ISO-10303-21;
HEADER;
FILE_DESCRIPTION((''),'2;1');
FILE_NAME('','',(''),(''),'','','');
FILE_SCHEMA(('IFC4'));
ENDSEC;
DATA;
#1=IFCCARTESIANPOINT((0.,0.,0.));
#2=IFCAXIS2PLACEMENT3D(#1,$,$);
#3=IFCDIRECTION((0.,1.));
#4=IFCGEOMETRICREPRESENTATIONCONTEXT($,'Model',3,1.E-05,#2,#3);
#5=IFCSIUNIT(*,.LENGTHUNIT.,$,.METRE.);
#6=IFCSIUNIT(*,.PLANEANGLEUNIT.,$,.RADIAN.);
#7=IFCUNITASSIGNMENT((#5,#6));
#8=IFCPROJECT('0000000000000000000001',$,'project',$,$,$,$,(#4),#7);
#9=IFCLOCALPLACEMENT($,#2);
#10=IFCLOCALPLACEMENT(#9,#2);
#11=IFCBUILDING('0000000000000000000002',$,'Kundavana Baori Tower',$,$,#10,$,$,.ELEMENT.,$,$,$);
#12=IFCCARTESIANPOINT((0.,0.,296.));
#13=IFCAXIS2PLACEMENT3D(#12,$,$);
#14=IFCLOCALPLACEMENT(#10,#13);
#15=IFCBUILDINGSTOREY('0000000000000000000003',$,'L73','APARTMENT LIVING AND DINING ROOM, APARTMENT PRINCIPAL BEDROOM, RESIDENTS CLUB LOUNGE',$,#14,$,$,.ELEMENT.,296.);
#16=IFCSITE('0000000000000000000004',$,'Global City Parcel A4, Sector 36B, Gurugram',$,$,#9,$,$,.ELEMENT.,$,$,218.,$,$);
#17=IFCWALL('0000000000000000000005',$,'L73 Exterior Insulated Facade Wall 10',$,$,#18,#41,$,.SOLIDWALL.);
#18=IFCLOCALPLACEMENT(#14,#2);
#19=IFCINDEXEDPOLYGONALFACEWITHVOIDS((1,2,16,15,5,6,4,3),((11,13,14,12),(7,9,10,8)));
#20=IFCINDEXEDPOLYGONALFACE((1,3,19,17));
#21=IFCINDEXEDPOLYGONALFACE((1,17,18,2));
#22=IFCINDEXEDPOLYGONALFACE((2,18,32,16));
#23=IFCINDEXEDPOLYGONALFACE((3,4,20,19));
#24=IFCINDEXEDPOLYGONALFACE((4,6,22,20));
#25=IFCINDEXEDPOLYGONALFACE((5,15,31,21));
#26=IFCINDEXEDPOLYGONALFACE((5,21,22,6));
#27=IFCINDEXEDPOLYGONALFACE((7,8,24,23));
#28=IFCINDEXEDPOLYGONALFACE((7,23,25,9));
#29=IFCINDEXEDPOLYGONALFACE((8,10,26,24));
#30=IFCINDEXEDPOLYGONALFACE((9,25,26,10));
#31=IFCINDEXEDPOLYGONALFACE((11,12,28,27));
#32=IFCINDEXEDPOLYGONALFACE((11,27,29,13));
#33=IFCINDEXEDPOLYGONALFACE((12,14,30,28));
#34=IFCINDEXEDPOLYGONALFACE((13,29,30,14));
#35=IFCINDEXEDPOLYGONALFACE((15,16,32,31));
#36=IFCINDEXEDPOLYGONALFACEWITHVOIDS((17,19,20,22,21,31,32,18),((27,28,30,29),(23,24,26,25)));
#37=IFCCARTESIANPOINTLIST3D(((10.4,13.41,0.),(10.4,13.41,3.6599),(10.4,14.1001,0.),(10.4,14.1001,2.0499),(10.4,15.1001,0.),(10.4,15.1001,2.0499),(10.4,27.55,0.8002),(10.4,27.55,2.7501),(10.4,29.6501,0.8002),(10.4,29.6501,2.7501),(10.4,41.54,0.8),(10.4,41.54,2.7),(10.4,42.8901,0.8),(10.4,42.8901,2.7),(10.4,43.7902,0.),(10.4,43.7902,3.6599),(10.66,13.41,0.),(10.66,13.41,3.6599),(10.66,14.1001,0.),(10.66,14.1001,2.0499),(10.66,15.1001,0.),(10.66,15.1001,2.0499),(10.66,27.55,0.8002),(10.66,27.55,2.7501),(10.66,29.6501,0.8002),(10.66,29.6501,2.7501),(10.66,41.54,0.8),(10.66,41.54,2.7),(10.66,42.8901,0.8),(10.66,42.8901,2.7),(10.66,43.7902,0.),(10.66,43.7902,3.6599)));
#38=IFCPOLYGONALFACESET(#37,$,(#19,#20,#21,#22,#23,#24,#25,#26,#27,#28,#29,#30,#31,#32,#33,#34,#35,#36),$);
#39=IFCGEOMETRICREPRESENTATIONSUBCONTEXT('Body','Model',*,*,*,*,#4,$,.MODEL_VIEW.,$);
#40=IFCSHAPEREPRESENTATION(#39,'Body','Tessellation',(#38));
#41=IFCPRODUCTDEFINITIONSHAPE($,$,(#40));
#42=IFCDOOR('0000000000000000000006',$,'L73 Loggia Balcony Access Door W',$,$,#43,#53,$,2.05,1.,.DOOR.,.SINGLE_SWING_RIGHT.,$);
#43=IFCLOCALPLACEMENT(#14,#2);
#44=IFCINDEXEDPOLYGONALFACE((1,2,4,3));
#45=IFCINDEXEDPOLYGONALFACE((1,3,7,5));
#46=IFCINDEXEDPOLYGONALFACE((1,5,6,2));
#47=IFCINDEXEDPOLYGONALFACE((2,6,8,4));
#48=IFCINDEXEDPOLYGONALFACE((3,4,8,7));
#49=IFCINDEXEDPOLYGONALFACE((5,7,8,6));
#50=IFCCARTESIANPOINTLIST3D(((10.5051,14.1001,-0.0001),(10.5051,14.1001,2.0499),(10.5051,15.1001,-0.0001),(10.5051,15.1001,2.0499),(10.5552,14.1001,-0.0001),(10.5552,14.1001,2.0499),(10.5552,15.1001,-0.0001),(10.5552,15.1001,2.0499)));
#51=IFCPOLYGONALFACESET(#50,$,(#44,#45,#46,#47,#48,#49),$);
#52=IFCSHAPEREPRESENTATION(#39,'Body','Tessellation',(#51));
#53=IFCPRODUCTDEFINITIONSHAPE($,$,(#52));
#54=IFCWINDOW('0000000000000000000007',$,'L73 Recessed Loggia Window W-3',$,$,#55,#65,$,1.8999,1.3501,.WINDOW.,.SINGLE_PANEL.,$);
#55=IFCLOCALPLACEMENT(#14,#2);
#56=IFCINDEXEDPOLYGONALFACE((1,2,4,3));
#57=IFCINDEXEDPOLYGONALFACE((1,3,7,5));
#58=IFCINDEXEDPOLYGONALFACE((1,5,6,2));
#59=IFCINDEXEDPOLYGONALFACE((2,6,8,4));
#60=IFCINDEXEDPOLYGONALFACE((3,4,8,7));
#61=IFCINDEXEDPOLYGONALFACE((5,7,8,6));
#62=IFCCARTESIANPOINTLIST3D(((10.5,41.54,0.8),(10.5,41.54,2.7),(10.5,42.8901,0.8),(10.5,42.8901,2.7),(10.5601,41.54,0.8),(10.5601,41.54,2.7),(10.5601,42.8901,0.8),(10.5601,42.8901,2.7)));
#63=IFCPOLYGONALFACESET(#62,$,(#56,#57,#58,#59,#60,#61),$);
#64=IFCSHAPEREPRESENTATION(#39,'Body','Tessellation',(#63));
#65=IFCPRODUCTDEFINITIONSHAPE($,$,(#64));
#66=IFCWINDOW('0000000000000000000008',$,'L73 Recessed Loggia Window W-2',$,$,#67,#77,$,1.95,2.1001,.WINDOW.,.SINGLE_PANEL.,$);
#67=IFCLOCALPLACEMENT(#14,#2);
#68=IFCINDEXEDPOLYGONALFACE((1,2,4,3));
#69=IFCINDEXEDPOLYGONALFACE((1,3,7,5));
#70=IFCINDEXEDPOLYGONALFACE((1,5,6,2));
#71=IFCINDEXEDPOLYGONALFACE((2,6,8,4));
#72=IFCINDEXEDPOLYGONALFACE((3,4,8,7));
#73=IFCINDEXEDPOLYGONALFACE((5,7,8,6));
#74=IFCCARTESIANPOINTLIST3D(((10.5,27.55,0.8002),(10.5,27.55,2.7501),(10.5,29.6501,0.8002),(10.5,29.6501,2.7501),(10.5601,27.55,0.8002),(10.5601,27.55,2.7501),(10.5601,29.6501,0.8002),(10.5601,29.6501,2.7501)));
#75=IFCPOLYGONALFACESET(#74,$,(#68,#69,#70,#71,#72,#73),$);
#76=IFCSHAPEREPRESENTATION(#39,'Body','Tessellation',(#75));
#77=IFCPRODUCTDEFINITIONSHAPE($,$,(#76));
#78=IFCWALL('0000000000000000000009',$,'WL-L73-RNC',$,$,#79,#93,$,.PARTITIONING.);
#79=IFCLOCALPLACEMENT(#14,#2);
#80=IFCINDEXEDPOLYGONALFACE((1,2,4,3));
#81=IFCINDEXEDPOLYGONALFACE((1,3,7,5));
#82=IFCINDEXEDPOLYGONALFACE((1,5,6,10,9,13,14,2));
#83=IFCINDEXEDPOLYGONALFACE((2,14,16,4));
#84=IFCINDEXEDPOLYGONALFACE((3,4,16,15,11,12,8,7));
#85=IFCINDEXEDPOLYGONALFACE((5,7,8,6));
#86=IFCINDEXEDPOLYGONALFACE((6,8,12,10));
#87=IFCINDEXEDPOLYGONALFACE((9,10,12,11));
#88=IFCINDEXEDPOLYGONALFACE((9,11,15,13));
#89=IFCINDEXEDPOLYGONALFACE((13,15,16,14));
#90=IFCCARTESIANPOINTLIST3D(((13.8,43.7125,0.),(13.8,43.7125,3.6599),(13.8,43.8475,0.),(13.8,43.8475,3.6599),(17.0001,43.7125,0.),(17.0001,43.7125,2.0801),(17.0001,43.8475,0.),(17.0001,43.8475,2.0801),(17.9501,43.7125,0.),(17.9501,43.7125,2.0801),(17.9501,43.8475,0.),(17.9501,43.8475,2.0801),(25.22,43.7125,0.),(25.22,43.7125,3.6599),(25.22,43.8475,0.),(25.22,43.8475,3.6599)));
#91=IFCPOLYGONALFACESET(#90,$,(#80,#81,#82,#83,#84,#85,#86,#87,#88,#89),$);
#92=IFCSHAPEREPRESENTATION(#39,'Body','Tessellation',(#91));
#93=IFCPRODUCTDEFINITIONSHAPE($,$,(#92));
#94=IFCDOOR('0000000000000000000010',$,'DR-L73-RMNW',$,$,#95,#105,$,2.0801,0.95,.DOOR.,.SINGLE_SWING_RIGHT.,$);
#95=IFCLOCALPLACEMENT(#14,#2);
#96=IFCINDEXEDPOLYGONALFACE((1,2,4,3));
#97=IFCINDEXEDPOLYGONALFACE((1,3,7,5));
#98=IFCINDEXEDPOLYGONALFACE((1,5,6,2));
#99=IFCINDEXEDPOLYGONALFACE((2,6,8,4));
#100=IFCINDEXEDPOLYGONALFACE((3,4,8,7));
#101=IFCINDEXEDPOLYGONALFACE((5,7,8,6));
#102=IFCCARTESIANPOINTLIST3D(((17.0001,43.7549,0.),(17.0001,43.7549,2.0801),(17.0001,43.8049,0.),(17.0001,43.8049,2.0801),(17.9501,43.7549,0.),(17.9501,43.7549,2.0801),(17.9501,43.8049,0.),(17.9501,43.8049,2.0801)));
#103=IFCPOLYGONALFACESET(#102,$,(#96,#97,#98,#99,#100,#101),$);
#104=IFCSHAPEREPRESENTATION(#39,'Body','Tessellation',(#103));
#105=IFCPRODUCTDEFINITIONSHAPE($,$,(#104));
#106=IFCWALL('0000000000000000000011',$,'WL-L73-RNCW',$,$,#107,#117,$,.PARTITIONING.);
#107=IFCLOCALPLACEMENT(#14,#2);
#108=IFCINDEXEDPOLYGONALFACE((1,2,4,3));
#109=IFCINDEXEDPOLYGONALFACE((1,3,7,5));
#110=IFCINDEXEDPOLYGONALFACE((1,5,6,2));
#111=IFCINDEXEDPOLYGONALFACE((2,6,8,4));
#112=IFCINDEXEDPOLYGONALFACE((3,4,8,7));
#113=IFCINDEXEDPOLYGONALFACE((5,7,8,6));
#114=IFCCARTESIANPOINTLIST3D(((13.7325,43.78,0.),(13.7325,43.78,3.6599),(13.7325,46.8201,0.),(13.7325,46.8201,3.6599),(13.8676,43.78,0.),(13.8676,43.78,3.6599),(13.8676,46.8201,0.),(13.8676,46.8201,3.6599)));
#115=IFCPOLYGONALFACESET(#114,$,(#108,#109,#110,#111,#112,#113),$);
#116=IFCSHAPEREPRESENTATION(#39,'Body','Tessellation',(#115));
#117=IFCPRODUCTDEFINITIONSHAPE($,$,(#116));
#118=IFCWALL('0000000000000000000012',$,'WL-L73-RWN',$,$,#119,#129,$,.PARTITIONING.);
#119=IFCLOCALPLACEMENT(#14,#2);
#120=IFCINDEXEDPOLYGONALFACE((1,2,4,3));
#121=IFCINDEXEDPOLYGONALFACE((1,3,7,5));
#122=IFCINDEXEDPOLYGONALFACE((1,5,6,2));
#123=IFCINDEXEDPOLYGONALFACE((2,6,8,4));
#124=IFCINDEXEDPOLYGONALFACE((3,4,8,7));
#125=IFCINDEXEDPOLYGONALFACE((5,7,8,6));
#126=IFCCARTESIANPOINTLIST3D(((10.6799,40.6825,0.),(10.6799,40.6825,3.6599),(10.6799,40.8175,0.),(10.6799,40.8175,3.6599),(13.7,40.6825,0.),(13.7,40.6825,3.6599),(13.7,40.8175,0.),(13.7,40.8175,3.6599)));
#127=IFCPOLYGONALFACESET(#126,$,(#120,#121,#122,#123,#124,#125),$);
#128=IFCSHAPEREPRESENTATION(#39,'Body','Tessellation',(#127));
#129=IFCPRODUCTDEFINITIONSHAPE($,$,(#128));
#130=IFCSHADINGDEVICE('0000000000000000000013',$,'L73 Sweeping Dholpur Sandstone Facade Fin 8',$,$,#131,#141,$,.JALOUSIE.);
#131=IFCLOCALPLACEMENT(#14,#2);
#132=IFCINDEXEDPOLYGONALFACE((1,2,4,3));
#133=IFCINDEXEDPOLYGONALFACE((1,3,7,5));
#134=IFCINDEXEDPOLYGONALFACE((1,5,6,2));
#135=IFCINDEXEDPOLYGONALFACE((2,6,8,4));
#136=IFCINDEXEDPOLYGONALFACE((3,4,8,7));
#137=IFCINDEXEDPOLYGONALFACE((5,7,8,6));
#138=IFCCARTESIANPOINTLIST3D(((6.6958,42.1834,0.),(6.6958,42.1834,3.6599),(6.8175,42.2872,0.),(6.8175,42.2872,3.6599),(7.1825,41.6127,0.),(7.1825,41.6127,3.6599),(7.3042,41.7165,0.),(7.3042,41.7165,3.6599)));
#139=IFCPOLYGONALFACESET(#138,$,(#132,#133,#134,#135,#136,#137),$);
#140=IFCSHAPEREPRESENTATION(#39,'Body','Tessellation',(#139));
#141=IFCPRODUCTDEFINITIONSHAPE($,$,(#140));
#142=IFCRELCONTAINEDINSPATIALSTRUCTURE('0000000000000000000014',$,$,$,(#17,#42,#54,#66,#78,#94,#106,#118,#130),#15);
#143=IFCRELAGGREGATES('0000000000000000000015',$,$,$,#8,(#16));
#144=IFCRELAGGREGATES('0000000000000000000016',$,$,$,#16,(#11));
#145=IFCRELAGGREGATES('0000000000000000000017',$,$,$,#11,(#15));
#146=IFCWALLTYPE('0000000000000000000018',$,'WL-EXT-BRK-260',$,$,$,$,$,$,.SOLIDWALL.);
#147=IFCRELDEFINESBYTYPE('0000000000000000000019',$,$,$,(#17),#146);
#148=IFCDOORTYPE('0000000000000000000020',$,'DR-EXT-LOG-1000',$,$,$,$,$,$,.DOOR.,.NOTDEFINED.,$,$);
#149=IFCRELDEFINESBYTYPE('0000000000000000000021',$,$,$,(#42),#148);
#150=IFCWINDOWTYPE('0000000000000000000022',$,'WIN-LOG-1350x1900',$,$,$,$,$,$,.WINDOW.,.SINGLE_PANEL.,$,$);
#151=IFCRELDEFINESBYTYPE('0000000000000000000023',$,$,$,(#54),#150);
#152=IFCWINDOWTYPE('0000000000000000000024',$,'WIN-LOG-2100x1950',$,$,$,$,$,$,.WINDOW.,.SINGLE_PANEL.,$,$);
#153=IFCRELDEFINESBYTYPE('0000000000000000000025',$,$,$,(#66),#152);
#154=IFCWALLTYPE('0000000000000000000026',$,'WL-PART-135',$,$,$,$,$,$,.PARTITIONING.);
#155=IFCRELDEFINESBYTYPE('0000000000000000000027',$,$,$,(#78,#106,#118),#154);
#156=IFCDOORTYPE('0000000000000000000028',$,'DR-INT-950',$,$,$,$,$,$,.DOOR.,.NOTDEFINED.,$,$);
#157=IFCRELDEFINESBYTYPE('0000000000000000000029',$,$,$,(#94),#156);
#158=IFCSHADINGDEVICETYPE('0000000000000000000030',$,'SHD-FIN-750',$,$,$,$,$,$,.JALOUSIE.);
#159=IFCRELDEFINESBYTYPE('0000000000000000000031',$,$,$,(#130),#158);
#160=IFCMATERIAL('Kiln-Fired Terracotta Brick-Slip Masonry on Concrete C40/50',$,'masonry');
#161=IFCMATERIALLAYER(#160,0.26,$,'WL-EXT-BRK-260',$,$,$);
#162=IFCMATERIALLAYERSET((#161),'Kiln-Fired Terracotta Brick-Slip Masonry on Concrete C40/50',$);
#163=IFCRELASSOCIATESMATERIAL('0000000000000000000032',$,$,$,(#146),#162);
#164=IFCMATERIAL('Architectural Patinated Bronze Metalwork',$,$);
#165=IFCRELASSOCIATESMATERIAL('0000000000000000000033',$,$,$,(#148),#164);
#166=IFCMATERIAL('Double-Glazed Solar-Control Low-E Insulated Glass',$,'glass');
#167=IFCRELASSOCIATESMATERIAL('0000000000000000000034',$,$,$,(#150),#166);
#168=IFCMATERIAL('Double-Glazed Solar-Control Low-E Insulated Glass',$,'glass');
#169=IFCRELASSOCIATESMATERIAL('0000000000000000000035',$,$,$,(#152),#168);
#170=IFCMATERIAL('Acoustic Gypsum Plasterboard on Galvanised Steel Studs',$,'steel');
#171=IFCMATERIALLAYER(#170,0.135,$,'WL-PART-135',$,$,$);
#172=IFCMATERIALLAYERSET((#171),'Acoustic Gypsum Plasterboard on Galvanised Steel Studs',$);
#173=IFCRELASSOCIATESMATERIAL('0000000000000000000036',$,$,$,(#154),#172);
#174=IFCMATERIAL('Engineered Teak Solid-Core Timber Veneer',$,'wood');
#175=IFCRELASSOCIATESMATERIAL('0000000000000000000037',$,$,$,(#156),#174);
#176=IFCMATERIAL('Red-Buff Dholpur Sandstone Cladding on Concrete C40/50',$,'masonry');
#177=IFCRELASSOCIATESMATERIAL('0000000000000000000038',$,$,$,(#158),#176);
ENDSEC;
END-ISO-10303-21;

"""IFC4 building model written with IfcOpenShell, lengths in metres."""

from ifc_helpers import new_model, si_unit, direction, frame, frame_2d, origin, origin_2d, place, context, subcontext, project, spatial, rectangle, extrude, material, layer, layer_set, type_object, element, fill, save


model = new_model("IFC4")

# Units and contexts
model_context = context("Model", 3, precision=1e-05, world=origin(), true_north=direction((0.0, 1.0)))
body_context = subcontext(model_context, "Body", "Model", "MODEL_VIEW")
ifc_project = project(units=[si_unit("LENGTHUNIT", "METRE"), si_unit("PLANEANGLEUNIT", "RADIAN")], contexts=[model_context])

# Site, building, storey
site_placement = place(None, origin())
site = spatial("IfcSite", under=ifc_project, at=site_placement, Name="Global City Parcel A4, Sector 36B, Gurugram", CompositionType="ELEMENT", RefElevation=218.0)
building_placement = place(site_placement, origin())
building = spatial("IfcBuilding", under=site, at=building_placement, Name="Kundavana Baori Tower", CompositionType="ELEMENT")
storey_placement = place(building_placement, frame((0.0, 0.0, 296.0)))
storey = spatial("IfcBuildingStorey", under=building, at=storey_placement, Name="L73", Description="APARTMENT LIVING AND DINING ROOM, APARTMENT PRINCIPAL BEDROOM, RESIDENTS CLUB LOUNGE", CompositionType="ELEMENT", Elevation=296.0)

# Shared definitions
ifc_material_1 = material(Name="Kiln-Fired Terracotta Brick-Slip Masonry on Concrete C40/50", Category="masonry")
ifc_layer_1 = layer(ifc_material_1, 0.26, Name="WL-EXT-BRK-260")
ifc_layer_set_1 = layer_set([ifc_layer_1], Name="Kiln-Fired Terracotta Brick-Slip Masonry on Concrete C40/50")
wall_type_1 = type_object("IfcWallType", Name="WL-EXT-BRK-260", PredefinedType="SOLIDWALL", material=ifc_layer_set_1)

# Wall, openings, door, windows
wall_1_placement = place(storey_placement, frame((10.53, 43.79, 0.0), z_axis=(0.0, 0.0, 1.0), x_axis=(0.0, -1.0, 0.0)))
wall_1 = element("IfcWall", 1, at=wall_1_placement, inside=storey, type_object=wall_type_1, Name="L73 Exterior Insulated Facade Wall 10", PredefinedType="SOLIDWALL", context=body_context, shape_type="SweptSolid", body=[
    extrude(rectangle(XDim=30.3801, YDim=0.26, at=frame_2d((15.1899, 0.0))), origin(), (0.0, 0.0, 1.0), 3.6599),
])
opening_1_placement = place(wall_1_placement, frame((28.6899, 0.0, 0.0)))
opening_1 = element("IfcOpeningElement", 2, at=opening_1_placement, cuts=wall_1, PredefinedType="OPENING", context=body_context, shape_type="SweptSolid", body=[
    extrude(rectangle(XDim=1.0, YDim=2.05, at=frame_2d((0.5, 1.0249))), frame((0.0, 0.1401, 0.0), z_axis=(0.0, -1.0, 0.0), x_axis=(1.0, 0.0, 0.0)), (0.0, 0.0, 1.0), 0.28),
])
opening_2_placement = place(wall_1_placement, frame((14.1399, 0.0, 0.8)))
opening_2 = element("IfcOpeningElement", 3, at=opening_2_placement, cuts=wall_1, PredefinedType="OPENING", context=body_context, shape_type="SweptSolid", body=[
    extrude(rectangle(XDim=2.1001, YDim=1.95, at=frame_2d((1.05, 0.9751))), frame((0.0, 0.1401, 0.0), z_axis=(0.0, -1.0, 0.0), x_axis=(1.0, 0.0, 0.0)), (0.0, 0.0, 1.0), 0.28),
])
opening_3_placement = place(wall_1_placement, frame((0.8999, 0.0, 0.8)))
opening_3 = element("IfcOpeningElement", 4, at=opening_3_placement, cuts=wall_1, PredefinedType="OPENING", context=body_context, shape_type="SweptSolid", body=[
    extrude(rectangle(XDim=1.3501, YDim=1.8999, at=frame_2d((0.675, 0.95))), frame((0.0, 0.1401, 0.0), z_axis=(0.0, -1.0, 0.0), x_axis=(1.0, 0.0, 0.0)), (0.0, 0.0, 1.0), 0.28),
])
ifc_material_2 = material(Name="Architectural Patinated Bronze Metalwork")
door_type_1 = type_object("IfcDoorType", Name="DR-EXT-LOG-1000", OperationType="NOTDEFINED", PredefinedType="DOOR", material=ifc_material_2)
door_1_placement = place(opening_1_placement, frame((1.0, 0.0, 0.0), z_axis=(0.0, 0.0, 1.0), x_axis=(-1.0, 0.0, 0.0)))
door_1 = element("IfcDoor", 5, at=door_1_placement, inside=storey, type_object=door_type_1, Name="L73 Loggia Balcony Access Door W", OperationType="SINGLE_SWING_RIGHT", OverallHeight=2.05, OverallWidth=1.0, PredefinedType="DOOR", context=body_context, shape_type="SweptSolid", body=[
    extrude(rectangle(XDim=1.0, YDim=2.05, at=frame_2d((0.5, 1.0249))), frame((0.0, 0.0249, 0.0), z_axis=(0.0, -1.0, 0.0), x_axis=(1.0, 0.0, 0.0)), (0.0, 0.0, 1.0), 0.05),
])
fill(opening_1, door_1)
ifc_material_3 = material(Name="Double-Glazed Solar-Control Low-E Insulated Glass", Category="glass")
window_type_1 = type_object("IfcWindowType", Name="WIN-LOG-1350x1900", PartitioningType="SINGLE_PANEL", PredefinedType="WINDOW", material=ifc_material_3)
window_1_placement = place(opening_3_placement, origin())
window_1 = element("IfcWindow", 6, at=window_1_placement, inside=storey, type_object=window_type_1, Name="L73 Recessed Loggia Window W-3", OverallHeight=1.8999, OverallWidth=1.3501, PartitioningType="SINGLE_PANEL", PredefinedType="WINDOW", context=body_context, shape_type="SweptSolid", body=[
    extrude(rectangle(XDim=1.3501, YDim=1.8999, at=frame_2d((0.675, 0.95))), frame((0.0, 0.03, 0.0), z_axis=(0.0, -1.0, 0.0), x_axis=(1.0, 0.0, 0.0)), (0.0, 0.0, 1.0), 0.0601),
])
fill(opening_3, window_1)
ifc_material_4 = material(Name="Double-Glazed Solar-Control Low-E Insulated Glass", Category="glass")
window_type_2 = type_object("IfcWindowType", Name="WIN-LOG-2100x1950", PartitioningType="SINGLE_PANEL", PredefinedType="WINDOW", material=ifc_material_4)
window_2_placement = place(opening_2_placement, origin())
window_2 = element("IfcWindow", 7, at=window_2_placement, inside=storey, type_object=window_type_2, Name="L73 Recessed Loggia Window W-2", OverallHeight=1.95, OverallWidth=2.1001, PartitioningType="SINGLE_PANEL", PredefinedType="WINDOW", context=body_context, shape_type="SweptSolid", body=[
    extrude(rectangle(XDim=2.1001, YDim=1.95, at=frame_2d((1.05, 0.9751))), frame((0.0, 0.03, 0.0), z_axis=(0.0, -1.0, 0.0), x_axis=(1.0, 0.0, 0.0)), (0.0, 0.0, 1.0), 0.0601),
])
fill(opening_2, window_2)

# Wall, opening, door
ifc_material_5 = material(Name="Acoustic Gypsum Plasterboard on Galvanised Steel Studs", Category="steel")
ifc_layer_2 = layer(ifc_material_5, 0.135, Name="WL-PART-135")
ifc_layer_set_2 = layer_set([ifc_layer_2], Name="Acoustic Gypsum Plasterboard on Galvanised Steel Studs")
wall_type_2 = type_object("IfcWallType", Name="WL-PART-135", PredefinedType="PARTITIONING", material=ifc_layer_set_2)
wall_2_placement = place(storey_placement, frame((13.8, 43.78, 0.0), z_axis=(0.0, 0.0, 1.0), x_axis=(1.0, 0.0, 0.0)))
wall_2 = element("IfcWall", 8, at=wall_2_placement, inside=storey, type_object=wall_type_2, Name="WL-L73-RNC", PredefinedType="PARTITIONING", context=body_context, shape_type="SweptSolid", body=[
    extrude(rectangle(XDim=11.4199, YDim=0.135, at=frame_2d((5.71, 0.0))), origin(), (0.0, 0.0, 1.0), 3.6599),
])
opening_4_placement = place(wall_2_placement, frame((3.2, 0.0, 0.0)))
opening_4 = element("IfcOpeningElement", 9, at=opening_4_placement, cuts=wall_2, PredefinedType="OPENING", context=body_context, shape_type="SweptSolid", body=[
    extrude(rectangle(XDim=0.95, YDim=2.0801, at=frame_2d((0.4751, 1.04))), frame((0.0, 0.0776, 0.0), z_axis=(0.0, -1.0, 0.0), x_axis=(1.0, 0.0, 0.0)), (0.0, 0.0, 1.0), 0.155),
])
ifc_material_6 = material(Name="Engineered Teak Solid-Core Timber Veneer", Category="wood")
door_type_2 = type_object("IfcDoorType", Name="DR-INT-950", OperationType="NOTDEFINED", PredefinedType="DOOR", material=ifc_material_6)
door_2_placement = place(opening_4_placement, origin())
door_2 = element("IfcDoor", 10, at=door_2_placement, inside=storey, type_object=door_type_2, Name="DR-L73-RMNW", OperationType="SINGLE_SWING_RIGHT", OverallHeight=2.0801, OverallWidth=0.95, PredefinedType="DOOR", context=body_context, shape_type="SweptSolid", body=[
    extrude(rectangle(XDim=0.95, YDim=2.0801, at=frame_2d((0.4751, 1.04))), frame((0.0, 0.0249, 0.0), z_axis=(0.0, -1.0, 0.0), x_axis=(1.0, 0.0, 0.0)), (0.0, 0.0, 1.0), 0.05),
])
fill(opening_4, door_2)

# Walls
wall_3_placement = place(storey_placement, frame((13.8, 43.78, 0.0), z_axis=(0.0, 0.0, 1.0), x_axis=(0.0, 1.0, 0.0)))
element("IfcWall", 11, at=wall_3_placement, inside=storey, type_object=wall_type_2, Name="WL-L73-RNCW", PredefinedType="PARTITIONING", context=body_context, shape_type="SweptSolid", body=[
    extrude(rectangle(XDim=3.04, YDim=0.135, at=frame_2d((1.52, 0.0))), origin(), (0.0, 0.0, 1.0), 3.6599),
])
wall_4_placement = place(storey_placement, frame((10.6799, 40.75, 0.0), z_axis=(0.0, 0.0, 1.0), x_axis=(1.0, 0.0, 0.0)))
element("IfcWall", 12, at=wall_4_placement, inside=storey, type_object=wall_type_2, Name="WL-L73-RWN", PredefinedType="PARTITIONING", context=body_context, shape_type="SweptSolid", body=[
    extrude(rectangle(XDim=3.02, YDim=0.135, at=frame_2d((1.51, 0.0))), origin(), (0.0, 0.0, 1.0), 3.6599),
])

# Shading device
ifc_material_7 = material(Name="Red-Buff Dholpur Sandstone Cladding on Concrete C40/50", Category="masonry")
shading_device_type = type_object("IfcShadingDeviceType", Name="SHD-FIN-750", PredefinedType="JALOUSIE", material=ifc_material_7)
shading_device_placement = place(storey_placement, frame((7.0, 41.95, 0.0), z_axis=(0.0, 0.0, 1.0), x_axis=(0.760859, 0.648917, 0.0)))
element("IfcShadingDevice", 13, at=shading_device_placement, inside=storey, type_object=shading_device_type, Name="L73 Sweeping Dholpur Sandstone Facade Fin 8", PredefinedType="JALOUSIE", context=body_context, shape_type="SweptSolid", body=[
    extrude(rectangle(XDim=0.1599, YDim=0.75, at=origin_2d()), origin(), (0.0, 0.0, 1.0), 3.6599),
])

save(model, "model.ifc")
